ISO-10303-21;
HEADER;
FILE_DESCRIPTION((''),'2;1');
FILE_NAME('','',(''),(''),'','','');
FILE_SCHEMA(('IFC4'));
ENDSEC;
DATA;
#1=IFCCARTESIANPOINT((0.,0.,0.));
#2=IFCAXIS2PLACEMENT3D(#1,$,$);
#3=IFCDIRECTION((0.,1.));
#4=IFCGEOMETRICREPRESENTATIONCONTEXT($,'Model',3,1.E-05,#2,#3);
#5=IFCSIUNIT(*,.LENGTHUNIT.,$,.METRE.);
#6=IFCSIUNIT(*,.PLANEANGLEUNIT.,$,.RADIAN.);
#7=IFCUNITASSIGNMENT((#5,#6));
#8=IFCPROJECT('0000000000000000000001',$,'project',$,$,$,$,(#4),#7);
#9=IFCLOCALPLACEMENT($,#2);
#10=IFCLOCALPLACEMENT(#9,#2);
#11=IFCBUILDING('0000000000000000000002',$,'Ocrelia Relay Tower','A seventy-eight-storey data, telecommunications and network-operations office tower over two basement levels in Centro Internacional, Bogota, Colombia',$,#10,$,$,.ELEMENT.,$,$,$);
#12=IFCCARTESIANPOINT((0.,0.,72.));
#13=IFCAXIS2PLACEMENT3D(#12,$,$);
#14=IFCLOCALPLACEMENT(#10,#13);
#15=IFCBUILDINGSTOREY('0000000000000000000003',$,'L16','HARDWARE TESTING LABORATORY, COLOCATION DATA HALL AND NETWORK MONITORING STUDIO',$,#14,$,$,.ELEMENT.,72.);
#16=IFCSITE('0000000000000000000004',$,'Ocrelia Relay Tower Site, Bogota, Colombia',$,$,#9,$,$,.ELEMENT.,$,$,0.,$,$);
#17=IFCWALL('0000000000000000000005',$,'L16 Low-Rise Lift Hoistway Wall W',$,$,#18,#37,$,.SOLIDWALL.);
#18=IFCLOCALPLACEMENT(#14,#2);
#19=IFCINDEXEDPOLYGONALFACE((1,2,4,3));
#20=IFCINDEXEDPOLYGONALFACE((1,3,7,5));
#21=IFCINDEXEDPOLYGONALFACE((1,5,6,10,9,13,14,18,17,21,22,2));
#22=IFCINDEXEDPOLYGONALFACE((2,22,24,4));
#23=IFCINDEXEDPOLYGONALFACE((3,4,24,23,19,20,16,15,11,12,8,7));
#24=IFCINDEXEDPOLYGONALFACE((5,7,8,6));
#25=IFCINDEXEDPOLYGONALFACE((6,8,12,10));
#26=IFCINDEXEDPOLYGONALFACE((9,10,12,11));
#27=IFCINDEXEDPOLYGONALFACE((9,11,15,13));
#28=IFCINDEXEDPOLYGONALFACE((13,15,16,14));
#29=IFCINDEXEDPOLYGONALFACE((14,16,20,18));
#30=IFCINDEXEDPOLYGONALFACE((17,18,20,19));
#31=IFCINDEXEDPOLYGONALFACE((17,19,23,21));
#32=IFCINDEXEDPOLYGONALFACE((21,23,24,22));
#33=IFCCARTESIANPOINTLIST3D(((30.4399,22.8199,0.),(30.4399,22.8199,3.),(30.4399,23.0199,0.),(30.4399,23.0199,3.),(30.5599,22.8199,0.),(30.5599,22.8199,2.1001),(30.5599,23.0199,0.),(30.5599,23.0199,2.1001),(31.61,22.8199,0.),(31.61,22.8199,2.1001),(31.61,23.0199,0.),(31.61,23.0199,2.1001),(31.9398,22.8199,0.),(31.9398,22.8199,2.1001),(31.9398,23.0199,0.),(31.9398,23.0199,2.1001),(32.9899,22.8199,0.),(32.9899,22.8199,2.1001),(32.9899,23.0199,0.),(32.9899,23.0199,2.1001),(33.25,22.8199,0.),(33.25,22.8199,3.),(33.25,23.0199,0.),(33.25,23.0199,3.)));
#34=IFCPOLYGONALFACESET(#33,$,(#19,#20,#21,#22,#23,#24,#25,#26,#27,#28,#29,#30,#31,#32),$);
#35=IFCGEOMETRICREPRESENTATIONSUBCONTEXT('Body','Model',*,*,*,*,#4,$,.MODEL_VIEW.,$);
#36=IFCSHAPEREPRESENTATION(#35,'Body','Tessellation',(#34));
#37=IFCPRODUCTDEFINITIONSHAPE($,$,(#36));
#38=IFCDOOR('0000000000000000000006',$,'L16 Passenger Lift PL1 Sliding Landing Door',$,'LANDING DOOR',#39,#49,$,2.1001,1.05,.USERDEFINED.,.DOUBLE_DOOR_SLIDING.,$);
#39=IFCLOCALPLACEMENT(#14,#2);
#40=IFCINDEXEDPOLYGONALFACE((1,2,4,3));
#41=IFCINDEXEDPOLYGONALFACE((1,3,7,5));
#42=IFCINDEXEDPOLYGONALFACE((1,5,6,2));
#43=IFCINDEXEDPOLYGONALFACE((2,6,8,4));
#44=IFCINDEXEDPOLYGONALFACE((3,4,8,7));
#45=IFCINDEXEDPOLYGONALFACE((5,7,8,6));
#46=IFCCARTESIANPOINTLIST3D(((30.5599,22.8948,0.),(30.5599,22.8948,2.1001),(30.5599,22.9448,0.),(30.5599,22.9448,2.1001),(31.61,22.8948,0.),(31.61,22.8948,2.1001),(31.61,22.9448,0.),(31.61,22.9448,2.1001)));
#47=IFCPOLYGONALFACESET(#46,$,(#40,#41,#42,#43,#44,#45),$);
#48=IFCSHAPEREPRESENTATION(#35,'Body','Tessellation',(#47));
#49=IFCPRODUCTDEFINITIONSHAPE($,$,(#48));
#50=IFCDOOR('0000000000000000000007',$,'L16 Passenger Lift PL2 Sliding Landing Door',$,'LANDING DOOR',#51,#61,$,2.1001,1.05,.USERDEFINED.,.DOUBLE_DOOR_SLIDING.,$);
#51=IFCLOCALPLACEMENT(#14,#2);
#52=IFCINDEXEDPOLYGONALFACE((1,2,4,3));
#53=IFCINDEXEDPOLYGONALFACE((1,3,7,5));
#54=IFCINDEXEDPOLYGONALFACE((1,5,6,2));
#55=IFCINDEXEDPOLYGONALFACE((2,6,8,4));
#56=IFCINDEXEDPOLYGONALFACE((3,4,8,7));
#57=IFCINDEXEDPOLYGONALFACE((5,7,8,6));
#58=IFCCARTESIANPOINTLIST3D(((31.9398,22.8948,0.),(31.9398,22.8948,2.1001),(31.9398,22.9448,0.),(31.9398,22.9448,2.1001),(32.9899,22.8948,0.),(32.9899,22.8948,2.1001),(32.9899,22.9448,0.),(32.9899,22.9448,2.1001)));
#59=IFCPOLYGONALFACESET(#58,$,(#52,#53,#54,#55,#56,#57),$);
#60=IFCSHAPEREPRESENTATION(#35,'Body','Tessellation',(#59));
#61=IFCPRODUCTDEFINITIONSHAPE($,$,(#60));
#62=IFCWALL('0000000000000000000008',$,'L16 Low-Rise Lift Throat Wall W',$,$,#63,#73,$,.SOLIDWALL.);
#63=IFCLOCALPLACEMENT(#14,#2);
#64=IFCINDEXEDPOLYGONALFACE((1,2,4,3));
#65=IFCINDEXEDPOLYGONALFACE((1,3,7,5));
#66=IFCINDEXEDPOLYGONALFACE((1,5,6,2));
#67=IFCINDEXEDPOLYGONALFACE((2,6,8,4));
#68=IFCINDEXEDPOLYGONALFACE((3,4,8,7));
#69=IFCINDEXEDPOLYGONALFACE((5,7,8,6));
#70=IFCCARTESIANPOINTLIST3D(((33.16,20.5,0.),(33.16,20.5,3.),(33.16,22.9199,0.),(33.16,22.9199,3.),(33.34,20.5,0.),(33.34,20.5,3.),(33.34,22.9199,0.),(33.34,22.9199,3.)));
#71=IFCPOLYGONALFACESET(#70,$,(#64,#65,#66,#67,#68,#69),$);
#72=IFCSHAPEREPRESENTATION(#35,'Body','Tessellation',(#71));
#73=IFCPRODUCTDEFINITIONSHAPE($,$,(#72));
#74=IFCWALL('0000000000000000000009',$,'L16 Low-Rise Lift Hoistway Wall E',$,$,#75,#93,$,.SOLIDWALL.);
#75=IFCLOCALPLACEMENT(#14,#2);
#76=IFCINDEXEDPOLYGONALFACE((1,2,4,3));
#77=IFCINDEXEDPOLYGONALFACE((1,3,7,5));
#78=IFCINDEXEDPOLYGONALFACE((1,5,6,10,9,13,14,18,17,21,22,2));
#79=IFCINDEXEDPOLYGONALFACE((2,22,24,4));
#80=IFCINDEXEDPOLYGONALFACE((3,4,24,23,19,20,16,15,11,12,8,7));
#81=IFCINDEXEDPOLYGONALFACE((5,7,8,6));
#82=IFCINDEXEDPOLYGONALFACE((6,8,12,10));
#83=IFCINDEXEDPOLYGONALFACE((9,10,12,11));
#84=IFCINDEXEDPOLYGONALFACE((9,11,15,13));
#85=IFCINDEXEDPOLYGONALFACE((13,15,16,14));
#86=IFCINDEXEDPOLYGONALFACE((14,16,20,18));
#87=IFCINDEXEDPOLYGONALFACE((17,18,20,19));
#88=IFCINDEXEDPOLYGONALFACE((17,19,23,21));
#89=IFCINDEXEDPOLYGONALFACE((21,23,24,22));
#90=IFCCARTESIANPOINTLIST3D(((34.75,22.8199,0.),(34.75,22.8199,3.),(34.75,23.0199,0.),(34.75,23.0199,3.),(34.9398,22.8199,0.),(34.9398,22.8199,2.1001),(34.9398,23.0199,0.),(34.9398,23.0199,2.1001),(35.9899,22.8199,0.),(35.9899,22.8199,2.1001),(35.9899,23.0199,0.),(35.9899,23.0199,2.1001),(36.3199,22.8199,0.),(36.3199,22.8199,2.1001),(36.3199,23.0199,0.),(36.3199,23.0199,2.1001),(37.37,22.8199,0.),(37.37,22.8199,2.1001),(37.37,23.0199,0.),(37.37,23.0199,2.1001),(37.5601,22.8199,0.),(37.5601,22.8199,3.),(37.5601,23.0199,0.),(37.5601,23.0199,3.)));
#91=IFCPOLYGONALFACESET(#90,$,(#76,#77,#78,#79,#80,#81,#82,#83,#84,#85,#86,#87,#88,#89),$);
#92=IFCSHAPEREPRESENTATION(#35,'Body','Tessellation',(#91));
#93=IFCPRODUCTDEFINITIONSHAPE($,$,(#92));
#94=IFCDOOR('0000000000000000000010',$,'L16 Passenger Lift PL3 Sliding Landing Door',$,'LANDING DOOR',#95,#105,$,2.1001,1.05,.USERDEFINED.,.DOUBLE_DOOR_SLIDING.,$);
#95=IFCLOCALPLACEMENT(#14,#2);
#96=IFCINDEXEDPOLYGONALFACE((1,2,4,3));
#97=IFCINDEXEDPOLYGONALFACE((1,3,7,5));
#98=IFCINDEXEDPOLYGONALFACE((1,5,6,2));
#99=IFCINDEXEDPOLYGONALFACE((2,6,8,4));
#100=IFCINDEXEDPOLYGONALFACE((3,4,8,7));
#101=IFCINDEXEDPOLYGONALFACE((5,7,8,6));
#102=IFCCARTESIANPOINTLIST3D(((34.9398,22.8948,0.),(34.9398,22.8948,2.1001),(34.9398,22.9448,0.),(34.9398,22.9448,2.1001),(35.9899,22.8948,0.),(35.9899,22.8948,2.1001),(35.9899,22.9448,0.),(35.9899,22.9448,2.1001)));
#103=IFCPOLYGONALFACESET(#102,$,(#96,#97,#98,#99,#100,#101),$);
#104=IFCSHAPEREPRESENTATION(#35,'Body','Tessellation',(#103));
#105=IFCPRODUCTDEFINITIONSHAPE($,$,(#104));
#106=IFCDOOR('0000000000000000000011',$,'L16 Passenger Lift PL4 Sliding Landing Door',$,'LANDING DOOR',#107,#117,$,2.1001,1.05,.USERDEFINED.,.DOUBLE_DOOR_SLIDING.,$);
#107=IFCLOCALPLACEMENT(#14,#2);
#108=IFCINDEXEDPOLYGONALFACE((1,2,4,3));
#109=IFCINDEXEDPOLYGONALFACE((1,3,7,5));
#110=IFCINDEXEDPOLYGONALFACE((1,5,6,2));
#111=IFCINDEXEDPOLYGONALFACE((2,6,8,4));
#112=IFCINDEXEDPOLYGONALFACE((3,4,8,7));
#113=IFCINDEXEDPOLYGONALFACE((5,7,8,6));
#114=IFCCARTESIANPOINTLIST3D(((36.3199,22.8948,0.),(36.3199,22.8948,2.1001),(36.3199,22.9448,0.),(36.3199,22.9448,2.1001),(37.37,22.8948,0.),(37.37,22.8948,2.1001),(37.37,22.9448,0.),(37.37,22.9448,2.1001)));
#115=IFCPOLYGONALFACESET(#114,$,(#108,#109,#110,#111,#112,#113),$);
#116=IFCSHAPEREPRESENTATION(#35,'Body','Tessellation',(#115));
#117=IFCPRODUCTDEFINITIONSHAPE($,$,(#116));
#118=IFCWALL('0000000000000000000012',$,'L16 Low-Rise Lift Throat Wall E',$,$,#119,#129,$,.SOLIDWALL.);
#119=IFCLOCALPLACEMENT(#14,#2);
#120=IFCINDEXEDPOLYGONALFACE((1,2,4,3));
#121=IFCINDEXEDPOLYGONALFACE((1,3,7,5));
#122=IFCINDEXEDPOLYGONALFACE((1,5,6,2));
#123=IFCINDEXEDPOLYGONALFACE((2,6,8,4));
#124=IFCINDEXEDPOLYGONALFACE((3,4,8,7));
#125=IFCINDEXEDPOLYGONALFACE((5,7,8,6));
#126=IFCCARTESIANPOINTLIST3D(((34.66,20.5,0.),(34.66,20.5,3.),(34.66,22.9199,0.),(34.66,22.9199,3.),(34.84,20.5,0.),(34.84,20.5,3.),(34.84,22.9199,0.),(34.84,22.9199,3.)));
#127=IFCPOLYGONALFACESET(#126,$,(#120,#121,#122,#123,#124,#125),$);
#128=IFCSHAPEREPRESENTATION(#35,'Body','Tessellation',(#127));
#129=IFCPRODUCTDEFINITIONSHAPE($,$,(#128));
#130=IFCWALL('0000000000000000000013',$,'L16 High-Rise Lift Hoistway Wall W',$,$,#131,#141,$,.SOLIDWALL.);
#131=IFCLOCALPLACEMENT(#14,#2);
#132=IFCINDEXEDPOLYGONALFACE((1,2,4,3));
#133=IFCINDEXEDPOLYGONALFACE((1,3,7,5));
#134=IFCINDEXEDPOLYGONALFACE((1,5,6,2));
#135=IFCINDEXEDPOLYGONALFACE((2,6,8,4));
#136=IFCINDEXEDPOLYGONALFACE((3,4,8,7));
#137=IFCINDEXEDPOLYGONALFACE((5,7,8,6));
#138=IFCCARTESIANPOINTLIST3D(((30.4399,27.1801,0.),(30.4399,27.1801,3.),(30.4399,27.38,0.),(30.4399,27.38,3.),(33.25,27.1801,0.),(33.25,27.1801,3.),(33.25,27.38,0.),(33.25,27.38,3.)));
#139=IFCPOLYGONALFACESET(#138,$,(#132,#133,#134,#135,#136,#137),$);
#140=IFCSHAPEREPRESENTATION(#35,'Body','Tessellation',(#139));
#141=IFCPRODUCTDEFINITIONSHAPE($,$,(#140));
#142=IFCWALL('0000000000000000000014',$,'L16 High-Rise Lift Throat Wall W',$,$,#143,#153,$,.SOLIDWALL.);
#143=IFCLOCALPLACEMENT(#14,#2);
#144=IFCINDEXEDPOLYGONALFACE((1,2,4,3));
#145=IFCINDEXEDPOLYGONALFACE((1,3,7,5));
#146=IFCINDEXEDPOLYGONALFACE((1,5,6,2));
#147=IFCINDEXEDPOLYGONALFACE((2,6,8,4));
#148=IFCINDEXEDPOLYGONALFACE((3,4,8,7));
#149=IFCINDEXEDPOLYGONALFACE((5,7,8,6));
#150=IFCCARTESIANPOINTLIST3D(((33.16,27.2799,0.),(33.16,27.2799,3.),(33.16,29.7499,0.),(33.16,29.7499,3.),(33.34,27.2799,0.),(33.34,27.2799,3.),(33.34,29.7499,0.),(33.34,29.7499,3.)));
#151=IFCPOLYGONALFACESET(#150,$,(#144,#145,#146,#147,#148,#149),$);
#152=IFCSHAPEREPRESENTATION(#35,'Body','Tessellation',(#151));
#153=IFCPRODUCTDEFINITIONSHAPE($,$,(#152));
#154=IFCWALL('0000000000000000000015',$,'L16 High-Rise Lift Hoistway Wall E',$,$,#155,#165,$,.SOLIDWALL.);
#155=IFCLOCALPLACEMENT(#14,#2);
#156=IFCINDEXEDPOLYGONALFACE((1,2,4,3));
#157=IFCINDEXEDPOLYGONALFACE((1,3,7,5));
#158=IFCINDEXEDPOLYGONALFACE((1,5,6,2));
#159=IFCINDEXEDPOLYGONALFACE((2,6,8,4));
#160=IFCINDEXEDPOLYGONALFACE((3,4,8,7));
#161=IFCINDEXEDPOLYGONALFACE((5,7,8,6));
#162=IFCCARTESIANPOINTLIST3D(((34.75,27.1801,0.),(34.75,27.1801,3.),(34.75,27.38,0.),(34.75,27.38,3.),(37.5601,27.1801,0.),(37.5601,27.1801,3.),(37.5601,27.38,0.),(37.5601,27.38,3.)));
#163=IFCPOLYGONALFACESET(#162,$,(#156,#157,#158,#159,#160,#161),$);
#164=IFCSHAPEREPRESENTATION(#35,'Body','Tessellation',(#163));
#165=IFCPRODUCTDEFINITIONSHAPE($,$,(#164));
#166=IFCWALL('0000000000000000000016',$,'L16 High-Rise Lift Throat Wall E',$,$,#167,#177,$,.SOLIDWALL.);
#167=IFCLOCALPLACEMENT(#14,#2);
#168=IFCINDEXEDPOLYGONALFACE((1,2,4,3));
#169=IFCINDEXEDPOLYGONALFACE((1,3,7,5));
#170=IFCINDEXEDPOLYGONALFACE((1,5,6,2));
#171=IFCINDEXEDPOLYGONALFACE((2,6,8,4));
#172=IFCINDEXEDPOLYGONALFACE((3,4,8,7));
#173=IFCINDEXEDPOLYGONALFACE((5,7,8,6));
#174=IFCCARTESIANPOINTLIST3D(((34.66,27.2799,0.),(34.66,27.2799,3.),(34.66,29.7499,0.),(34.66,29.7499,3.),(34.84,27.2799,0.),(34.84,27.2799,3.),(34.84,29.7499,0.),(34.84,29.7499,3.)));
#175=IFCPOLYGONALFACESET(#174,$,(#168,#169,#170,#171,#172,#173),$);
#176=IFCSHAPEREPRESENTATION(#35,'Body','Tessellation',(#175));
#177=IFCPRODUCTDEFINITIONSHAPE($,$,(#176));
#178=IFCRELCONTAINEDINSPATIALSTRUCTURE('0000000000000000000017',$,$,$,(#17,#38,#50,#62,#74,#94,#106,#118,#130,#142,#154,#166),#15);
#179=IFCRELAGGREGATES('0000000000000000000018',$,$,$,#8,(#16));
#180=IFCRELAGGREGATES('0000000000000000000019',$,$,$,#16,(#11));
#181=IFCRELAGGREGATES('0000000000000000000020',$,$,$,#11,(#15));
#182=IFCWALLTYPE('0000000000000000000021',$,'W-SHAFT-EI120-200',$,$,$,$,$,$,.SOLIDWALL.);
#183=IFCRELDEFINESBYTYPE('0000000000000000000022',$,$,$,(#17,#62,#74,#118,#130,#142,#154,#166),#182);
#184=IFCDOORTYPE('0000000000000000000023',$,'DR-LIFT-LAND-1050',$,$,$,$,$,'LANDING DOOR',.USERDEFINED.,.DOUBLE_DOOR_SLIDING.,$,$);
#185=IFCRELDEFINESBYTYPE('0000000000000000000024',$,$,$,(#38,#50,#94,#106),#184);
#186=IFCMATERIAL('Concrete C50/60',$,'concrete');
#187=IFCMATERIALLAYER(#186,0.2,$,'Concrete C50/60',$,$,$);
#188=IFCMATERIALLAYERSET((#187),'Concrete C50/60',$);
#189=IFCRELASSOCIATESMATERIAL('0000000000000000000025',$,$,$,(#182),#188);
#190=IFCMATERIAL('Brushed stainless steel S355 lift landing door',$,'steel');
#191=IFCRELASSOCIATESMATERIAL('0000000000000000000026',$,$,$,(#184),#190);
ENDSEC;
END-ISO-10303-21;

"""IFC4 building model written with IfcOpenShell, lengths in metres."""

from ifc_helpers import new_model, si_unit, direction, frame, frame_2d, origin, place, context, subcontext, project, spatial, rectangle, extrude, material, layer, layer_set, type_object, element, fill, save


model = new_model("IFC4")

# Units and contexts
model_context = context("Model", 3, precision=1e-05, world=origin(), true_north=direction((0.0, 1.0)))
body_context = subcontext(model_context, "Body", "Model", "MODEL_VIEW")
ifc_project = project(units=[si_unit("LENGTHUNIT", "METRE"), si_unit("PLANEANGLEUNIT", "RADIAN")], contexts=[model_context])

# Site, building, storey
site_placement = place(None, origin())
site = spatial("IfcSite", under=ifc_project, at=site_placement, Name="Ocrelia Relay Tower Site, Bogota, Colombia", CompositionType="ELEMENT", RefElevation=0.0)
building_placement = place(site_placement, origin())
building = spatial("IfcBuilding", under=site, at=building_placement, Name="Ocrelia Relay Tower", Description="A seventy-eight-storey data, telecommunications and network-operations office tower over two basement levels in Centro Internacional, Bogota, Colombia", CompositionType="ELEMENT")
storey_placement = place(building_placement, frame((0.0, 0.0, 72.0)))
storey = spatial("IfcBuildingStorey", under=building, at=storey_placement, Name="L16", Description="HARDWARE TESTING LABORATORY, COLOCATION DATA HALL AND NETWORK MONITORING STUDIO", CompositionType="ELEMENT", Elevation=72.0)

# Wall, openings, doors
ifc_material_1 = material(Name="Concrete C50/60", Category="concrete")
ifc_layer_1 = layer(ifc_material_1, 0.2, Name="Concrete C50/60")
ifc_layer_set_1 = layer_set([ifc_layer_1], Name="Concrete C50/60")
wall_type_1 = type_object("IfcWallType", Name="W-SHAFT-EI120-200", PredefinedType="SOLIDWALL", material=ifc_layer_set_1)
wall_1_placement = place(storey_placement, frame((30.4399, 22.9199, 0.0), z_axis=(0.0, 0.0, 1.0), x_axis=(1.0, 0.0, 0.0)))
wall_1 = element("IfcWall", 1, at=wall_1_placement, inside=storey, type_object=wall_type_1, Name="L16 Low-Rise Lift Hoistway Wall W", PredefinedType="SOLIDWALL", context=body_context, shape_type="SweptSolid", body=[
    extrude(rectangle(XDim=2.8101, YDim=0.2, at=frame_2d((1.405, 0.0))), origin(), (0.0, 0.0, 1.0), 3.0),
])
opening_1_placement = place(wall_1_placement, frame((0.1201, 0.0, 0.0)))
opening_1 = element("IfcOpeningElement", 2, at=opening_1_placement, cuts=wall_1, PredefinedType="OPENING", context=body_context, shape_type="SweptSolid", body=[
    extrude(rectangle(XDim=1.05, YDim=2.1001, at=frame_2d((0.5249, 1.05))), frame((0.0, 0.1099, 0.0), z_axis=(0.0, -1.0, 0.0), x_axis=(1.0, 0.0, 0.0)), (0.0, 0.0, 1.0), 0.22),
])
opening_2_placement = place(wall_1_placement, frame((1.5, 0.0, 0.0)))
opening_2 = element("IfcOpeningElement", 3, at=opening_2_placement, cuts=wall_1, PredefinedType="OPENING", context=body_context, shape_type="SweptSolid", body=[
    extrude(rectangle(XDim=1.05, YDim=2.1001, at=frame_2d((0.5249, 1.05))), frame((0.0, 0.1099, 0.0), z_axis=(0.0, -1.0, 0.0), x_axis=(1.0, 0.0, 0.0)), (0.0, 0.0, 1.0), 0.22),
])
ifc_material_2 = material(Name="Brushed stainless steel S355 lift landing door", Category="steel")
door_type_1 = type_object("IfcDoorType", Name="DR-LIFT-LAND-1050", ElementType="LANDING DOOR", OperationType="DOUBLE_DOOR_SLIDING", PredefinedType="USERDEFINED", material=ifc_material_2)
door_1_placement = place(opening_1_placement, origin())
door_1 = element("IfcDoor", 4, at=door_1_placement, inside=storey, type_object=door_type_1, Name="L16 Passenger Lift PL1 Sliding Landing Door", ObjectType="LANDING DOOR", OperationType="DOUBLE_DOOR_SLIDING", OverallHeight=2.1001, OverallWidth=1.05, PredefinedType="USERDEFINED", context=body_context, shape_type="SweptSolid", body=[
    extrude(rectangle(XDim=1.05, YDim=2.1001, at=frame_2d((0.5249, 1.05))), frame((0.0, 0.0249, 0.0), z_axis=(0.0, -1.0, 0.0), x_axis=(1.0, 0.0, 0.0)), (0.0, 0.0, 1.0), 0.05),
])
fill(opening_1, door_1)
door_2_placement = place(opening_2_placement, origin())
door_2 = element("IfcDoor", 5, at=door_2_placement, inside=storey, type_object=door_type_1, Name="L16 Passenger Lift PL2 Sliding Landing Door", ObjectType="LANDING DOOR", OperationType="DOUBLE_DOOR_SLIDING", OverallHeight=2.1001, OverallWidth=1.05, PredefinedType="USERDEFINED", context=body_context, shape_type="SweptSolid", body=[
    extrude(rectangle(XDim=1.05, YDim=2.1001, at=frame_2d((0.5249, 1.05))), frame((0.0, 0.0249, 0.0), z_axis=(0.0, -1.0, 0.0), x_axis=(1.0, 0.0, 0.0)), (0.0, 0.0, 1.0), 0.05),
])
fill(opening_2, door_2)

# Wall
wall_2_placement = place(storey_placement, frame((33.25, 20.5, 0.0), z_axis=(0.0, 0.0, 1.0), x_axis=(0.0, 1.0, 0.0)))
element("IfcWall", 6, at=wall_2_placement, inside=storey, type_object=wall_type_1, Name="L16 Low-Rise Lift Throat Wall W", PredefinedType="SOLIDWALL", context=body_context, shape_type="SweptSolid", body=[
    extrude(rectangle(XDim=2.4199, YDim=0.1799, at=frame_2d((1.21, 0.0))), origin(), (0.0, 0.0, 1.0), 3.0),
])

# Wall, openings, doors
wall_3_placement = place(storey_placement, frame((34.75, 22.9199, 0.0), z_axis=(0.0, 0.0, 1.0), x_axis=(1.0, 0.0, 0.0)))
wall_3 = element("IfcWall", 7, at=wall_3_placement, inside=storey, type_object=wall_type_1, Name="L16 Low-Rise Lift Hoistway Wall E", PredefinedType="SOLIDWALL", context=body_context, shape_type="SweptSolid", body=[
    extrude(rectangle(XDim=2.8101, YDim=0.2, at=frame_2d((1.405, 0.0))), origin(), (0.0, 0.0, 1.0), 3.0),
])
opening_3_placement = place(wall_3_placement, frame((0.1899, 0.0, 0.0)))
opening_3 = element("IfcOpeningElement", 8, at=opening_3_placement, cuts=wall_3, PredefinedType="OPENING", context=body_context, shape_type="SweptSolid", body=[
    extrude(rectangle(XDim=1.05, YDim=2.1001, at=frame_2d((0.5249, 1.05))), frame((0.0, 0.1099, 0.0), z_axis=(0.0, -1.0, 0.0), x_axis=(1.0, 0.0, 0.0)), (0.0, 0.0, 1.0), 0.22),
])
opening_4_placement = place(wall_3_placement, frame((1.5701, 0.0, 0.0)))
opening_4 = element("IfcOpeningElement", 9, at=opening_4_placement, cuts=wall_3, PredefinedType="OPENING", context=body_context, shape_type="SweptSolid", body=[
    extrude(rectangle(XDim=1.05, YDim=2.1001, at=frame_2d((0.5249, 1.05))), frame((0.0, 0.1099, 0.0), z_axis=(0.0, -1.0, 0.0), x_axis=(1.0, 0.0, 0.0)), (0.0, 0.0, 1.0), 0.22),
])
door_3_placement = place(opening_3_placement, origin())
door_3 = element("IfcDoor", 10, at=door_3_placement, inside=storey, type_object=door_type_1, Name="L16 Passenger Lift PL3 Sliding Landing Door", ObjectType="LANDING DOOR", OperationType="DOUBLE_DOOR_SLIDING", OverallHeight=2.1001, OverallWidth=1.05, PredefinedType="USERDEFINED", context=body_context, shape_type="SweptSolid", body=[
    extrude(rectangle(XDim=1.05, YDim=2.1001, at=frame_2d((0.5249, 1.05))), frame((0.0, 0.0249, 0.0), z_axis=(0.0, -1.0, 0.0), x_axis=(1.0, 0.0, 0.0)), (0.0, 0.0, 1.0), 0.05),
])
fill(opening_3, door_3)
door_4_placement = place(opening_4_placement, origin())
door_4 = element("IfcDoor", 11, at=door_4_placement, inside=storey, type_object=door_type_1, Name="L16 Passenger Lift PL4 Sliding Landing Door", ObjectType="LANDING DOOR", OperationType="DOUBLE_DOOR_SLIDING", OverallHeight=2.1001, OverallWidth=1.05, PredefinedType="USERDEFINED", context=body_context, shape_type="SweptSolid", body=[
    extrude(rectangle(XDim=1.05, YDim=2.1001, at=frame_2d((0.5249, 1.05))), frame((0.0, 0.0249, 0.0), z_axis=(0.0, -1.0, 0.0), x_axis=(1.0, 0.0, 0.0)), (0.0, 0.0, 1.0), 0.05),
])
fill(opening_4, door_4)

# Walls
wall_4_placement = place(storey_placement, frame((34.75, 20.5, 0.0), z_axis=(0.0, 0.0, 1.0), x_axis=(0.0, 1.0, 0.0)))
element("IfcWall", 12, at=wall_4_placement, inside=storey, type_object=wall_type_1, Name="L16 Low-Rise Lift Throat Wall E", PredefinedType="SOLIDWALL", context=body_context, shape_type="SweptSolid", body=[
    extrude(rectangle(XDim=2.4199, YDim=0.1799, at=frame_2d((1.21, 0.0))), origin(), (0.0, 0.0, 1.0), 3.0),
])
wall_5_placement = place(storey_placement, frame((30.4399, 27.28, 0.0), z_axis=(0.0, 0.0, 1.0), x_axis=(1.0, 0.0, 0.0)))
element("IfcWall", 13, at=wall_5_placement, inside=storey, type_object=wall_type_1, Name="L16 High-Rise Lift Hoistway Wall W", PredefinedType="SOLIDWALL", context=body_context, shape_type="SweptSolid", body=[
    extrude(rectangle(XDim=2.8101, YDim=0.2, at=frame_2d((1.405, 0.0))), origin(), (0.0, 0.0, 1.0), 3.0),
])
wall_6_placement = place(storey_placement, frame((33.25, 27.28, 0.0), z_axis=(0.0, 0.0, 1.0), x_axis=(0.0, 1.0, 0.0)))
element("IfcWall", 14, at=wall_6_placement, inside=storey, type_object=wall_type_1, Name="L16 High-Rise Lift Throat Wall W", PredefinedType="SOLIDWALL", context=body_context, shape_type="SweptSolid", body=[
    extrude(rectangle(XDim=2.47, YDim=0.1799, at=frame_2d((1.2349, 0.0))), origin(), (0.0, 0.0, 1.0), 3.0),
])
wall_7_placement = place(storey_placement, frame((34.75, 27.28, 0.0), z_axis=(0.0, 0.0, 1.0), x_axis=(1.0, 0.0, 0.0)))
element("IfcWall", 15, at=wall_7_placement, inside=storey, type_object=wall_type_1, Name="L16 High-Rise Lift Hoistway Wall E", PredefinedType="SOLIDWALL", context=body_context, shape_type="SweptSolid", body=[
    extrude(rectangle(XDim=2.8101, YDim=0.2, at=frame_2d((1.405, 0.0))), origin(), (0.0, 0.0, 1.0), 3.0),
])
wall_8_placement = place(storey_placement, frame((34.75, 27.28, 0.0), z_axis=(0.0, 0.0, 1.0), x_axis=(0.0, 1.0, 0.0)))
element("IfcWall", 16, at=wall_8_placement, inside=storey, type_object=wall_type_1, Name="L16 High-Rise Lift Throat Wall E", PredefinedType="SOLIDWALL", context=body_context, shape_type="SweptSolid", body=[
    extrude(rectangle(XDim=2.47, YDim=0.1799, at=frame_2d((1.2349, 0.0))), origin(), (0.0, 0.0, 1.0), 3.0),
])

save(model, "model.ifc")
